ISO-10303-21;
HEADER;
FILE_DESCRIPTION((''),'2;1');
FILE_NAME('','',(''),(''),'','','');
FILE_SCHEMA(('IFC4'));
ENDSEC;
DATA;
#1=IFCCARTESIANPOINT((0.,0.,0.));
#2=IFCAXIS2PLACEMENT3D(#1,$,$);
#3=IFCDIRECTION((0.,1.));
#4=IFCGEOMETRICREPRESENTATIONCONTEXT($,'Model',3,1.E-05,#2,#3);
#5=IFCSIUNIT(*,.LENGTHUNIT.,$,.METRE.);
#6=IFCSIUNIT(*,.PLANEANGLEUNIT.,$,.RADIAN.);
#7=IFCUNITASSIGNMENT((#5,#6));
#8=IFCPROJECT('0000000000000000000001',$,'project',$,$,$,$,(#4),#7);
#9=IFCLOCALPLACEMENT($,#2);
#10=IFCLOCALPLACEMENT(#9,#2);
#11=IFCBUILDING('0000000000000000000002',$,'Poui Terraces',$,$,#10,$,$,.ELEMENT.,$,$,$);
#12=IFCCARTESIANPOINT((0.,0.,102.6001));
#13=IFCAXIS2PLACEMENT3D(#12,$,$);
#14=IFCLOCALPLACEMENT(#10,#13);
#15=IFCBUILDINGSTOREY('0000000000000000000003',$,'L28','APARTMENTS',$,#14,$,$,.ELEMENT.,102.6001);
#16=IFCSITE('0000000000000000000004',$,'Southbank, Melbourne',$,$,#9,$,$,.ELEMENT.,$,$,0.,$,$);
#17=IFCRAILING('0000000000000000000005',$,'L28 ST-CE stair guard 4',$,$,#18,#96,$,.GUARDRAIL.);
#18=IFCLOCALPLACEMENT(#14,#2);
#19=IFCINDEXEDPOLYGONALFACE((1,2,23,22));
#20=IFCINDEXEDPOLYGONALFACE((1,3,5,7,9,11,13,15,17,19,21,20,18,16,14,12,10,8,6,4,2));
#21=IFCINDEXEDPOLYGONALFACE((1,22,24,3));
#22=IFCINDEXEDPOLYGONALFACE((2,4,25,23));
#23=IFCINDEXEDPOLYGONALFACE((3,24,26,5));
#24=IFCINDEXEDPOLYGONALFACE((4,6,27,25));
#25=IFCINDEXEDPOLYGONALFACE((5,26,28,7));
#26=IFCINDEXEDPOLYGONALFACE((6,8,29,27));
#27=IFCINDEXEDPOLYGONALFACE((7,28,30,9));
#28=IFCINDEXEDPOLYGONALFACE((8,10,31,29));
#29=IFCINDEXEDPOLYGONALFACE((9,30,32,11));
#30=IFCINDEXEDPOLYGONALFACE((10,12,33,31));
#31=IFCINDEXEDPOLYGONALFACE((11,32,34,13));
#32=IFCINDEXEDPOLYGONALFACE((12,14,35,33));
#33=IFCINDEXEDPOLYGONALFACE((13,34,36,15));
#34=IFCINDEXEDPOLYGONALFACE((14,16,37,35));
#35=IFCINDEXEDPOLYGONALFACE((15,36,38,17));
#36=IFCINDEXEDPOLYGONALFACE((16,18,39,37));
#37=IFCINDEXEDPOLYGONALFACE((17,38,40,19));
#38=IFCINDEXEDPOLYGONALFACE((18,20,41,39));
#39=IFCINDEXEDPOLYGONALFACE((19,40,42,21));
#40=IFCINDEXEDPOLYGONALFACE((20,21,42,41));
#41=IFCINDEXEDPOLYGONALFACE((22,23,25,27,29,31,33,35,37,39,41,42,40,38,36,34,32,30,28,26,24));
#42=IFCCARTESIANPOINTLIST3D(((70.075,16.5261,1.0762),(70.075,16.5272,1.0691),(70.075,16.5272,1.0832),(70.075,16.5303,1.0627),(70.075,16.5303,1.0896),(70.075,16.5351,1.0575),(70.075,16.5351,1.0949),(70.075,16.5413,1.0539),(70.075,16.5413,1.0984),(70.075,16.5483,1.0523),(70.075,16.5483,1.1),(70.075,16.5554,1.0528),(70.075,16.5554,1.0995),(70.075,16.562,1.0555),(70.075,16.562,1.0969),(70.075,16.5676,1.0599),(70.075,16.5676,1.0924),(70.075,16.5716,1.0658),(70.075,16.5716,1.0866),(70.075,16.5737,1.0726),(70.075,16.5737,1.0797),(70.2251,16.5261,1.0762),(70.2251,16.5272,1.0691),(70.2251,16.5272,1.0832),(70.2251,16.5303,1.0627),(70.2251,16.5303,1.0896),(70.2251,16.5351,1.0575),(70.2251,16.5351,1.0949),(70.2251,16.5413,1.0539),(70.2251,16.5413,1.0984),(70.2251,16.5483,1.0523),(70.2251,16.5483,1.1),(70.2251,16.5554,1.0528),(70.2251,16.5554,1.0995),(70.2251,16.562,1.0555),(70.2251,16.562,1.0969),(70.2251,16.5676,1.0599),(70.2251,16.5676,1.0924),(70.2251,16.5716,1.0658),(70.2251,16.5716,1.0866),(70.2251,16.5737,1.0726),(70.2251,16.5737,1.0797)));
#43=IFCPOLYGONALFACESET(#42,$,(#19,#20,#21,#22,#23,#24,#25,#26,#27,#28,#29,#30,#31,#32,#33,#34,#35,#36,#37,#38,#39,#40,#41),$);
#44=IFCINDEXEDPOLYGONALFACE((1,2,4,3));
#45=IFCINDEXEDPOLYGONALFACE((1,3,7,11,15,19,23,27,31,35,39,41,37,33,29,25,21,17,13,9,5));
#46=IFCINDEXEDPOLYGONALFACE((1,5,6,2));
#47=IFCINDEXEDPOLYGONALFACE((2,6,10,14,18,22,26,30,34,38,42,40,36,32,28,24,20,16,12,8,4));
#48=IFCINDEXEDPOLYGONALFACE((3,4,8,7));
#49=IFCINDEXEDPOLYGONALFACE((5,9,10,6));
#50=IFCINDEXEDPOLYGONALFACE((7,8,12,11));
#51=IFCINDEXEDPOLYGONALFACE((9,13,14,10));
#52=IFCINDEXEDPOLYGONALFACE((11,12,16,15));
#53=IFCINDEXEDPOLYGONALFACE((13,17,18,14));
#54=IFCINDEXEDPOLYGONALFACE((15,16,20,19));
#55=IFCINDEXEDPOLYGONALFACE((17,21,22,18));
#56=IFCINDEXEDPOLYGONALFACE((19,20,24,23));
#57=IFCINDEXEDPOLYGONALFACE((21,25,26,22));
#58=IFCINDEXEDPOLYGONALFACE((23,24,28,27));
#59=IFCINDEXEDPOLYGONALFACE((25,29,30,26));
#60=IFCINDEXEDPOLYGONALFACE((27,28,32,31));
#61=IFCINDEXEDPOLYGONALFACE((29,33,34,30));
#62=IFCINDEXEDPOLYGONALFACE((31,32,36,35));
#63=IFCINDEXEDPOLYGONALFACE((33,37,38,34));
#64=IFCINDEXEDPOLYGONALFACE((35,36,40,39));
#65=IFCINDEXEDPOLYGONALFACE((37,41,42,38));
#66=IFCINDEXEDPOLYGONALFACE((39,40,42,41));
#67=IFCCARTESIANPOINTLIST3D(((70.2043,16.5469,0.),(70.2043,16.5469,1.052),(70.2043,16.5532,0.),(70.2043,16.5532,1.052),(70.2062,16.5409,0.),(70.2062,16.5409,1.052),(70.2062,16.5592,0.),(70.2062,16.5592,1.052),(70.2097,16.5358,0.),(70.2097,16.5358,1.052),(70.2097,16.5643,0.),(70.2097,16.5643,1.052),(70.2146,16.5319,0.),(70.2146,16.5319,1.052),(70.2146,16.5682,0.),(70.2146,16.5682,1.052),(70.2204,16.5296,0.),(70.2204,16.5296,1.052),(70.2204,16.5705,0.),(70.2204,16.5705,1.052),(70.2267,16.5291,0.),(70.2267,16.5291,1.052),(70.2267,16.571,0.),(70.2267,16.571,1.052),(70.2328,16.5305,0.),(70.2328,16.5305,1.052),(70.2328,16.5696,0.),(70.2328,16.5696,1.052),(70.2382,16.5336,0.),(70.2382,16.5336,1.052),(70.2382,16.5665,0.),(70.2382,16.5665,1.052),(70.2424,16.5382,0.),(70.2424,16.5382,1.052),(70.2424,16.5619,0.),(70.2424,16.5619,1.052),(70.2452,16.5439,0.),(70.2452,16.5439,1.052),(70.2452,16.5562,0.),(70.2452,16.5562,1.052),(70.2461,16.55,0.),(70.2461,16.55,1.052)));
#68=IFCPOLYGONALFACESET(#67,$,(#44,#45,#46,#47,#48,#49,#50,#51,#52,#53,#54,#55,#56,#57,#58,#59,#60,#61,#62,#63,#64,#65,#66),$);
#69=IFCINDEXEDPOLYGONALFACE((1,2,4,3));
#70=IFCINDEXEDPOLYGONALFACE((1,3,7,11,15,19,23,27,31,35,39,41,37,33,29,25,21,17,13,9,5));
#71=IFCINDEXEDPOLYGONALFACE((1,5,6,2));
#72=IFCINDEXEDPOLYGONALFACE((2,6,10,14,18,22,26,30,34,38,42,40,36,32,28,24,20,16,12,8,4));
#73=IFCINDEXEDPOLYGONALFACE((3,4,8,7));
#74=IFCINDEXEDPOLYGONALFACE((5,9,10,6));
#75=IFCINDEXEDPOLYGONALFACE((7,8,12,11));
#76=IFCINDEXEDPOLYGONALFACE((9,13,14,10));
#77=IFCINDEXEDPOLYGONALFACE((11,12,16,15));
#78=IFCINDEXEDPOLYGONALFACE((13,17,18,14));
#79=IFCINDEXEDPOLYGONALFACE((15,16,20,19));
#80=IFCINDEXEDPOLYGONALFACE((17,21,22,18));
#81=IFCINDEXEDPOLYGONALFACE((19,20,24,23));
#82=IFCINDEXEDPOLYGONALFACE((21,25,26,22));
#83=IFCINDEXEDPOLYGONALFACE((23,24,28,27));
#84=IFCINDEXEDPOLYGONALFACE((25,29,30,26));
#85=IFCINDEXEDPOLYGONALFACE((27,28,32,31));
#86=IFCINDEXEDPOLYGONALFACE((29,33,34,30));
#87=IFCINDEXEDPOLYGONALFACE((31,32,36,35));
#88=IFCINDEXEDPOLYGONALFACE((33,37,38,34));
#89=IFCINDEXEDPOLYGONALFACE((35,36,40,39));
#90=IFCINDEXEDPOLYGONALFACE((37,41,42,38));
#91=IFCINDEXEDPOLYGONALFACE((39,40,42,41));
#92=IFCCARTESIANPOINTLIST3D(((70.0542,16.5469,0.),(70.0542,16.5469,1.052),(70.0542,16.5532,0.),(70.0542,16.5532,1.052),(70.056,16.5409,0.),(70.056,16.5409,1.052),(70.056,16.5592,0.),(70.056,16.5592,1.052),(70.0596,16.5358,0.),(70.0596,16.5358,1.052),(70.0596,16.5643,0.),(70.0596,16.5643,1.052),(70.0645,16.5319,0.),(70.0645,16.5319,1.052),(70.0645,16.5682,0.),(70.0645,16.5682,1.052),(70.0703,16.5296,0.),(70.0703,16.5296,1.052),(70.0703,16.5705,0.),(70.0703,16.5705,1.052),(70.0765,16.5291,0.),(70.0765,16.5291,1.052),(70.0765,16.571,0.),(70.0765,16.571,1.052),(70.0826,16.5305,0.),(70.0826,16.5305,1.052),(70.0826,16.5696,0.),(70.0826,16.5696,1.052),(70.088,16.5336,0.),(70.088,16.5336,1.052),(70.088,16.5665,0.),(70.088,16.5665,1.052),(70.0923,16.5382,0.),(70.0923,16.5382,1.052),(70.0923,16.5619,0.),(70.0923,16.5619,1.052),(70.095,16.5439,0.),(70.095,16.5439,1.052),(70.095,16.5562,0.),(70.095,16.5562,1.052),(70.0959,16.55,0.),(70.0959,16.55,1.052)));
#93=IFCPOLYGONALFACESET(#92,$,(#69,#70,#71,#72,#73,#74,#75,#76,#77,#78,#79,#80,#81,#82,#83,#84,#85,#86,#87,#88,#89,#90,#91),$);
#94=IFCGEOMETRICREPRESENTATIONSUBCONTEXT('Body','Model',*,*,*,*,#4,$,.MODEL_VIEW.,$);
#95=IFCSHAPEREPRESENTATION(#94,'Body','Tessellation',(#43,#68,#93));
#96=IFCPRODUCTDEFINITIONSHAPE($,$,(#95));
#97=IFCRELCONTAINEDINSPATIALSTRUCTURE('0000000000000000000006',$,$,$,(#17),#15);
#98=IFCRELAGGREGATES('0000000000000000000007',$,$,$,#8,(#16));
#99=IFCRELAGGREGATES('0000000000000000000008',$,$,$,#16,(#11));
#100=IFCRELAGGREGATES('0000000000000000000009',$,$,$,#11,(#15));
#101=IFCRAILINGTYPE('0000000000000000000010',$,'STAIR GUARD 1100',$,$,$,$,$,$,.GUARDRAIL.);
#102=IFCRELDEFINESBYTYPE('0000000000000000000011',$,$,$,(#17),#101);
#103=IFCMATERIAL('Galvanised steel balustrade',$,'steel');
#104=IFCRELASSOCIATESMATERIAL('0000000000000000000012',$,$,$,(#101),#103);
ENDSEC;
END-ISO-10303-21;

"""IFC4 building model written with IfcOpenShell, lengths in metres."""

from ifc_helpers import new_model, si_unit, direction, frame, origin, origin_2d, place, context, subcontext, project, spatial, circle, extrude, material, type_object, element, save


model = new_model("IFC4")

# Units and contexts
model_context = context("Model", 3, precision=1e-05, world=origin(), true_north=direction((0.0, 1.0)))
body_context = subcontext(model_context, "Body", "Model", "MODEL_VIEW")
ifc_project = project(units=[si_unit("LENGTHUNIT", "METRE"), si_unit("PLANEANGLEUNIT", "RADIAN")], contexts=[model_context])

# Site, building, storey
site_placement = place(None, origin())
site = spatial("IfcSite", under=ifc_project, at=site_placement, Name="Southbank, Melbourne", CompositionType="ELEMENT", RefElevation=0.0)
building_placement = place(site_placement, origin())
building = spatial("IfcBuilding", under=site, at=building_placement, Name="Poui Terraces", CompositionType="ELEMENT")
storey_placement = place(building_placement, frame((0.0, 0.0, 102.6001)))
storey = spatial("IfcBuildingStorey", under=building, at=storey_placement, Name="L28", Description="APARTMENTS", CompositionType="ELEMENT", Elevation=102.6001)

# Railing
ifc_material_1 = material(Name="Galvanised steel balustrade", Category="steel")
railing_type_1 = type_object("IfcRailingType", Name="STAIR GUARD 1100", PredefinedType="GUARDRAIL", material=ifc_material_1)
railing_1_placement = place(storey_placement, frame((70.2251, 16.55, 0.0)))
element("IfcRailing", 1, at=railing_1_placement, inside=storey, type_object=railing_type_1, Name="L28 ST-CE stair guard 4", PredefinedType="GUARDRAIL", context=body_context, shape_type="SweptSolid", body=[
    extrude(circle(Radius=0.0239, at=origin_2d()), frame((0.0, 0.0, 1.0762), z_axis=(-1.0, 0.0, 0.0), x_axis=(0.0, -1.0, 0.0)), (0.0, 0.0, 1.0), 0.1501),
    extrude(circle(Radius=0.021, at=origin_2d()), origin(), (0.0, 0.0, 1.0), 1.052),
    extrude(circle(Radius=0.021, at=origin_2d()), frame((-0.1501, 0.0, 0.0)), (0.0, 0.0, 1.0), 1.052),
])

save(model, "model.ifc")
